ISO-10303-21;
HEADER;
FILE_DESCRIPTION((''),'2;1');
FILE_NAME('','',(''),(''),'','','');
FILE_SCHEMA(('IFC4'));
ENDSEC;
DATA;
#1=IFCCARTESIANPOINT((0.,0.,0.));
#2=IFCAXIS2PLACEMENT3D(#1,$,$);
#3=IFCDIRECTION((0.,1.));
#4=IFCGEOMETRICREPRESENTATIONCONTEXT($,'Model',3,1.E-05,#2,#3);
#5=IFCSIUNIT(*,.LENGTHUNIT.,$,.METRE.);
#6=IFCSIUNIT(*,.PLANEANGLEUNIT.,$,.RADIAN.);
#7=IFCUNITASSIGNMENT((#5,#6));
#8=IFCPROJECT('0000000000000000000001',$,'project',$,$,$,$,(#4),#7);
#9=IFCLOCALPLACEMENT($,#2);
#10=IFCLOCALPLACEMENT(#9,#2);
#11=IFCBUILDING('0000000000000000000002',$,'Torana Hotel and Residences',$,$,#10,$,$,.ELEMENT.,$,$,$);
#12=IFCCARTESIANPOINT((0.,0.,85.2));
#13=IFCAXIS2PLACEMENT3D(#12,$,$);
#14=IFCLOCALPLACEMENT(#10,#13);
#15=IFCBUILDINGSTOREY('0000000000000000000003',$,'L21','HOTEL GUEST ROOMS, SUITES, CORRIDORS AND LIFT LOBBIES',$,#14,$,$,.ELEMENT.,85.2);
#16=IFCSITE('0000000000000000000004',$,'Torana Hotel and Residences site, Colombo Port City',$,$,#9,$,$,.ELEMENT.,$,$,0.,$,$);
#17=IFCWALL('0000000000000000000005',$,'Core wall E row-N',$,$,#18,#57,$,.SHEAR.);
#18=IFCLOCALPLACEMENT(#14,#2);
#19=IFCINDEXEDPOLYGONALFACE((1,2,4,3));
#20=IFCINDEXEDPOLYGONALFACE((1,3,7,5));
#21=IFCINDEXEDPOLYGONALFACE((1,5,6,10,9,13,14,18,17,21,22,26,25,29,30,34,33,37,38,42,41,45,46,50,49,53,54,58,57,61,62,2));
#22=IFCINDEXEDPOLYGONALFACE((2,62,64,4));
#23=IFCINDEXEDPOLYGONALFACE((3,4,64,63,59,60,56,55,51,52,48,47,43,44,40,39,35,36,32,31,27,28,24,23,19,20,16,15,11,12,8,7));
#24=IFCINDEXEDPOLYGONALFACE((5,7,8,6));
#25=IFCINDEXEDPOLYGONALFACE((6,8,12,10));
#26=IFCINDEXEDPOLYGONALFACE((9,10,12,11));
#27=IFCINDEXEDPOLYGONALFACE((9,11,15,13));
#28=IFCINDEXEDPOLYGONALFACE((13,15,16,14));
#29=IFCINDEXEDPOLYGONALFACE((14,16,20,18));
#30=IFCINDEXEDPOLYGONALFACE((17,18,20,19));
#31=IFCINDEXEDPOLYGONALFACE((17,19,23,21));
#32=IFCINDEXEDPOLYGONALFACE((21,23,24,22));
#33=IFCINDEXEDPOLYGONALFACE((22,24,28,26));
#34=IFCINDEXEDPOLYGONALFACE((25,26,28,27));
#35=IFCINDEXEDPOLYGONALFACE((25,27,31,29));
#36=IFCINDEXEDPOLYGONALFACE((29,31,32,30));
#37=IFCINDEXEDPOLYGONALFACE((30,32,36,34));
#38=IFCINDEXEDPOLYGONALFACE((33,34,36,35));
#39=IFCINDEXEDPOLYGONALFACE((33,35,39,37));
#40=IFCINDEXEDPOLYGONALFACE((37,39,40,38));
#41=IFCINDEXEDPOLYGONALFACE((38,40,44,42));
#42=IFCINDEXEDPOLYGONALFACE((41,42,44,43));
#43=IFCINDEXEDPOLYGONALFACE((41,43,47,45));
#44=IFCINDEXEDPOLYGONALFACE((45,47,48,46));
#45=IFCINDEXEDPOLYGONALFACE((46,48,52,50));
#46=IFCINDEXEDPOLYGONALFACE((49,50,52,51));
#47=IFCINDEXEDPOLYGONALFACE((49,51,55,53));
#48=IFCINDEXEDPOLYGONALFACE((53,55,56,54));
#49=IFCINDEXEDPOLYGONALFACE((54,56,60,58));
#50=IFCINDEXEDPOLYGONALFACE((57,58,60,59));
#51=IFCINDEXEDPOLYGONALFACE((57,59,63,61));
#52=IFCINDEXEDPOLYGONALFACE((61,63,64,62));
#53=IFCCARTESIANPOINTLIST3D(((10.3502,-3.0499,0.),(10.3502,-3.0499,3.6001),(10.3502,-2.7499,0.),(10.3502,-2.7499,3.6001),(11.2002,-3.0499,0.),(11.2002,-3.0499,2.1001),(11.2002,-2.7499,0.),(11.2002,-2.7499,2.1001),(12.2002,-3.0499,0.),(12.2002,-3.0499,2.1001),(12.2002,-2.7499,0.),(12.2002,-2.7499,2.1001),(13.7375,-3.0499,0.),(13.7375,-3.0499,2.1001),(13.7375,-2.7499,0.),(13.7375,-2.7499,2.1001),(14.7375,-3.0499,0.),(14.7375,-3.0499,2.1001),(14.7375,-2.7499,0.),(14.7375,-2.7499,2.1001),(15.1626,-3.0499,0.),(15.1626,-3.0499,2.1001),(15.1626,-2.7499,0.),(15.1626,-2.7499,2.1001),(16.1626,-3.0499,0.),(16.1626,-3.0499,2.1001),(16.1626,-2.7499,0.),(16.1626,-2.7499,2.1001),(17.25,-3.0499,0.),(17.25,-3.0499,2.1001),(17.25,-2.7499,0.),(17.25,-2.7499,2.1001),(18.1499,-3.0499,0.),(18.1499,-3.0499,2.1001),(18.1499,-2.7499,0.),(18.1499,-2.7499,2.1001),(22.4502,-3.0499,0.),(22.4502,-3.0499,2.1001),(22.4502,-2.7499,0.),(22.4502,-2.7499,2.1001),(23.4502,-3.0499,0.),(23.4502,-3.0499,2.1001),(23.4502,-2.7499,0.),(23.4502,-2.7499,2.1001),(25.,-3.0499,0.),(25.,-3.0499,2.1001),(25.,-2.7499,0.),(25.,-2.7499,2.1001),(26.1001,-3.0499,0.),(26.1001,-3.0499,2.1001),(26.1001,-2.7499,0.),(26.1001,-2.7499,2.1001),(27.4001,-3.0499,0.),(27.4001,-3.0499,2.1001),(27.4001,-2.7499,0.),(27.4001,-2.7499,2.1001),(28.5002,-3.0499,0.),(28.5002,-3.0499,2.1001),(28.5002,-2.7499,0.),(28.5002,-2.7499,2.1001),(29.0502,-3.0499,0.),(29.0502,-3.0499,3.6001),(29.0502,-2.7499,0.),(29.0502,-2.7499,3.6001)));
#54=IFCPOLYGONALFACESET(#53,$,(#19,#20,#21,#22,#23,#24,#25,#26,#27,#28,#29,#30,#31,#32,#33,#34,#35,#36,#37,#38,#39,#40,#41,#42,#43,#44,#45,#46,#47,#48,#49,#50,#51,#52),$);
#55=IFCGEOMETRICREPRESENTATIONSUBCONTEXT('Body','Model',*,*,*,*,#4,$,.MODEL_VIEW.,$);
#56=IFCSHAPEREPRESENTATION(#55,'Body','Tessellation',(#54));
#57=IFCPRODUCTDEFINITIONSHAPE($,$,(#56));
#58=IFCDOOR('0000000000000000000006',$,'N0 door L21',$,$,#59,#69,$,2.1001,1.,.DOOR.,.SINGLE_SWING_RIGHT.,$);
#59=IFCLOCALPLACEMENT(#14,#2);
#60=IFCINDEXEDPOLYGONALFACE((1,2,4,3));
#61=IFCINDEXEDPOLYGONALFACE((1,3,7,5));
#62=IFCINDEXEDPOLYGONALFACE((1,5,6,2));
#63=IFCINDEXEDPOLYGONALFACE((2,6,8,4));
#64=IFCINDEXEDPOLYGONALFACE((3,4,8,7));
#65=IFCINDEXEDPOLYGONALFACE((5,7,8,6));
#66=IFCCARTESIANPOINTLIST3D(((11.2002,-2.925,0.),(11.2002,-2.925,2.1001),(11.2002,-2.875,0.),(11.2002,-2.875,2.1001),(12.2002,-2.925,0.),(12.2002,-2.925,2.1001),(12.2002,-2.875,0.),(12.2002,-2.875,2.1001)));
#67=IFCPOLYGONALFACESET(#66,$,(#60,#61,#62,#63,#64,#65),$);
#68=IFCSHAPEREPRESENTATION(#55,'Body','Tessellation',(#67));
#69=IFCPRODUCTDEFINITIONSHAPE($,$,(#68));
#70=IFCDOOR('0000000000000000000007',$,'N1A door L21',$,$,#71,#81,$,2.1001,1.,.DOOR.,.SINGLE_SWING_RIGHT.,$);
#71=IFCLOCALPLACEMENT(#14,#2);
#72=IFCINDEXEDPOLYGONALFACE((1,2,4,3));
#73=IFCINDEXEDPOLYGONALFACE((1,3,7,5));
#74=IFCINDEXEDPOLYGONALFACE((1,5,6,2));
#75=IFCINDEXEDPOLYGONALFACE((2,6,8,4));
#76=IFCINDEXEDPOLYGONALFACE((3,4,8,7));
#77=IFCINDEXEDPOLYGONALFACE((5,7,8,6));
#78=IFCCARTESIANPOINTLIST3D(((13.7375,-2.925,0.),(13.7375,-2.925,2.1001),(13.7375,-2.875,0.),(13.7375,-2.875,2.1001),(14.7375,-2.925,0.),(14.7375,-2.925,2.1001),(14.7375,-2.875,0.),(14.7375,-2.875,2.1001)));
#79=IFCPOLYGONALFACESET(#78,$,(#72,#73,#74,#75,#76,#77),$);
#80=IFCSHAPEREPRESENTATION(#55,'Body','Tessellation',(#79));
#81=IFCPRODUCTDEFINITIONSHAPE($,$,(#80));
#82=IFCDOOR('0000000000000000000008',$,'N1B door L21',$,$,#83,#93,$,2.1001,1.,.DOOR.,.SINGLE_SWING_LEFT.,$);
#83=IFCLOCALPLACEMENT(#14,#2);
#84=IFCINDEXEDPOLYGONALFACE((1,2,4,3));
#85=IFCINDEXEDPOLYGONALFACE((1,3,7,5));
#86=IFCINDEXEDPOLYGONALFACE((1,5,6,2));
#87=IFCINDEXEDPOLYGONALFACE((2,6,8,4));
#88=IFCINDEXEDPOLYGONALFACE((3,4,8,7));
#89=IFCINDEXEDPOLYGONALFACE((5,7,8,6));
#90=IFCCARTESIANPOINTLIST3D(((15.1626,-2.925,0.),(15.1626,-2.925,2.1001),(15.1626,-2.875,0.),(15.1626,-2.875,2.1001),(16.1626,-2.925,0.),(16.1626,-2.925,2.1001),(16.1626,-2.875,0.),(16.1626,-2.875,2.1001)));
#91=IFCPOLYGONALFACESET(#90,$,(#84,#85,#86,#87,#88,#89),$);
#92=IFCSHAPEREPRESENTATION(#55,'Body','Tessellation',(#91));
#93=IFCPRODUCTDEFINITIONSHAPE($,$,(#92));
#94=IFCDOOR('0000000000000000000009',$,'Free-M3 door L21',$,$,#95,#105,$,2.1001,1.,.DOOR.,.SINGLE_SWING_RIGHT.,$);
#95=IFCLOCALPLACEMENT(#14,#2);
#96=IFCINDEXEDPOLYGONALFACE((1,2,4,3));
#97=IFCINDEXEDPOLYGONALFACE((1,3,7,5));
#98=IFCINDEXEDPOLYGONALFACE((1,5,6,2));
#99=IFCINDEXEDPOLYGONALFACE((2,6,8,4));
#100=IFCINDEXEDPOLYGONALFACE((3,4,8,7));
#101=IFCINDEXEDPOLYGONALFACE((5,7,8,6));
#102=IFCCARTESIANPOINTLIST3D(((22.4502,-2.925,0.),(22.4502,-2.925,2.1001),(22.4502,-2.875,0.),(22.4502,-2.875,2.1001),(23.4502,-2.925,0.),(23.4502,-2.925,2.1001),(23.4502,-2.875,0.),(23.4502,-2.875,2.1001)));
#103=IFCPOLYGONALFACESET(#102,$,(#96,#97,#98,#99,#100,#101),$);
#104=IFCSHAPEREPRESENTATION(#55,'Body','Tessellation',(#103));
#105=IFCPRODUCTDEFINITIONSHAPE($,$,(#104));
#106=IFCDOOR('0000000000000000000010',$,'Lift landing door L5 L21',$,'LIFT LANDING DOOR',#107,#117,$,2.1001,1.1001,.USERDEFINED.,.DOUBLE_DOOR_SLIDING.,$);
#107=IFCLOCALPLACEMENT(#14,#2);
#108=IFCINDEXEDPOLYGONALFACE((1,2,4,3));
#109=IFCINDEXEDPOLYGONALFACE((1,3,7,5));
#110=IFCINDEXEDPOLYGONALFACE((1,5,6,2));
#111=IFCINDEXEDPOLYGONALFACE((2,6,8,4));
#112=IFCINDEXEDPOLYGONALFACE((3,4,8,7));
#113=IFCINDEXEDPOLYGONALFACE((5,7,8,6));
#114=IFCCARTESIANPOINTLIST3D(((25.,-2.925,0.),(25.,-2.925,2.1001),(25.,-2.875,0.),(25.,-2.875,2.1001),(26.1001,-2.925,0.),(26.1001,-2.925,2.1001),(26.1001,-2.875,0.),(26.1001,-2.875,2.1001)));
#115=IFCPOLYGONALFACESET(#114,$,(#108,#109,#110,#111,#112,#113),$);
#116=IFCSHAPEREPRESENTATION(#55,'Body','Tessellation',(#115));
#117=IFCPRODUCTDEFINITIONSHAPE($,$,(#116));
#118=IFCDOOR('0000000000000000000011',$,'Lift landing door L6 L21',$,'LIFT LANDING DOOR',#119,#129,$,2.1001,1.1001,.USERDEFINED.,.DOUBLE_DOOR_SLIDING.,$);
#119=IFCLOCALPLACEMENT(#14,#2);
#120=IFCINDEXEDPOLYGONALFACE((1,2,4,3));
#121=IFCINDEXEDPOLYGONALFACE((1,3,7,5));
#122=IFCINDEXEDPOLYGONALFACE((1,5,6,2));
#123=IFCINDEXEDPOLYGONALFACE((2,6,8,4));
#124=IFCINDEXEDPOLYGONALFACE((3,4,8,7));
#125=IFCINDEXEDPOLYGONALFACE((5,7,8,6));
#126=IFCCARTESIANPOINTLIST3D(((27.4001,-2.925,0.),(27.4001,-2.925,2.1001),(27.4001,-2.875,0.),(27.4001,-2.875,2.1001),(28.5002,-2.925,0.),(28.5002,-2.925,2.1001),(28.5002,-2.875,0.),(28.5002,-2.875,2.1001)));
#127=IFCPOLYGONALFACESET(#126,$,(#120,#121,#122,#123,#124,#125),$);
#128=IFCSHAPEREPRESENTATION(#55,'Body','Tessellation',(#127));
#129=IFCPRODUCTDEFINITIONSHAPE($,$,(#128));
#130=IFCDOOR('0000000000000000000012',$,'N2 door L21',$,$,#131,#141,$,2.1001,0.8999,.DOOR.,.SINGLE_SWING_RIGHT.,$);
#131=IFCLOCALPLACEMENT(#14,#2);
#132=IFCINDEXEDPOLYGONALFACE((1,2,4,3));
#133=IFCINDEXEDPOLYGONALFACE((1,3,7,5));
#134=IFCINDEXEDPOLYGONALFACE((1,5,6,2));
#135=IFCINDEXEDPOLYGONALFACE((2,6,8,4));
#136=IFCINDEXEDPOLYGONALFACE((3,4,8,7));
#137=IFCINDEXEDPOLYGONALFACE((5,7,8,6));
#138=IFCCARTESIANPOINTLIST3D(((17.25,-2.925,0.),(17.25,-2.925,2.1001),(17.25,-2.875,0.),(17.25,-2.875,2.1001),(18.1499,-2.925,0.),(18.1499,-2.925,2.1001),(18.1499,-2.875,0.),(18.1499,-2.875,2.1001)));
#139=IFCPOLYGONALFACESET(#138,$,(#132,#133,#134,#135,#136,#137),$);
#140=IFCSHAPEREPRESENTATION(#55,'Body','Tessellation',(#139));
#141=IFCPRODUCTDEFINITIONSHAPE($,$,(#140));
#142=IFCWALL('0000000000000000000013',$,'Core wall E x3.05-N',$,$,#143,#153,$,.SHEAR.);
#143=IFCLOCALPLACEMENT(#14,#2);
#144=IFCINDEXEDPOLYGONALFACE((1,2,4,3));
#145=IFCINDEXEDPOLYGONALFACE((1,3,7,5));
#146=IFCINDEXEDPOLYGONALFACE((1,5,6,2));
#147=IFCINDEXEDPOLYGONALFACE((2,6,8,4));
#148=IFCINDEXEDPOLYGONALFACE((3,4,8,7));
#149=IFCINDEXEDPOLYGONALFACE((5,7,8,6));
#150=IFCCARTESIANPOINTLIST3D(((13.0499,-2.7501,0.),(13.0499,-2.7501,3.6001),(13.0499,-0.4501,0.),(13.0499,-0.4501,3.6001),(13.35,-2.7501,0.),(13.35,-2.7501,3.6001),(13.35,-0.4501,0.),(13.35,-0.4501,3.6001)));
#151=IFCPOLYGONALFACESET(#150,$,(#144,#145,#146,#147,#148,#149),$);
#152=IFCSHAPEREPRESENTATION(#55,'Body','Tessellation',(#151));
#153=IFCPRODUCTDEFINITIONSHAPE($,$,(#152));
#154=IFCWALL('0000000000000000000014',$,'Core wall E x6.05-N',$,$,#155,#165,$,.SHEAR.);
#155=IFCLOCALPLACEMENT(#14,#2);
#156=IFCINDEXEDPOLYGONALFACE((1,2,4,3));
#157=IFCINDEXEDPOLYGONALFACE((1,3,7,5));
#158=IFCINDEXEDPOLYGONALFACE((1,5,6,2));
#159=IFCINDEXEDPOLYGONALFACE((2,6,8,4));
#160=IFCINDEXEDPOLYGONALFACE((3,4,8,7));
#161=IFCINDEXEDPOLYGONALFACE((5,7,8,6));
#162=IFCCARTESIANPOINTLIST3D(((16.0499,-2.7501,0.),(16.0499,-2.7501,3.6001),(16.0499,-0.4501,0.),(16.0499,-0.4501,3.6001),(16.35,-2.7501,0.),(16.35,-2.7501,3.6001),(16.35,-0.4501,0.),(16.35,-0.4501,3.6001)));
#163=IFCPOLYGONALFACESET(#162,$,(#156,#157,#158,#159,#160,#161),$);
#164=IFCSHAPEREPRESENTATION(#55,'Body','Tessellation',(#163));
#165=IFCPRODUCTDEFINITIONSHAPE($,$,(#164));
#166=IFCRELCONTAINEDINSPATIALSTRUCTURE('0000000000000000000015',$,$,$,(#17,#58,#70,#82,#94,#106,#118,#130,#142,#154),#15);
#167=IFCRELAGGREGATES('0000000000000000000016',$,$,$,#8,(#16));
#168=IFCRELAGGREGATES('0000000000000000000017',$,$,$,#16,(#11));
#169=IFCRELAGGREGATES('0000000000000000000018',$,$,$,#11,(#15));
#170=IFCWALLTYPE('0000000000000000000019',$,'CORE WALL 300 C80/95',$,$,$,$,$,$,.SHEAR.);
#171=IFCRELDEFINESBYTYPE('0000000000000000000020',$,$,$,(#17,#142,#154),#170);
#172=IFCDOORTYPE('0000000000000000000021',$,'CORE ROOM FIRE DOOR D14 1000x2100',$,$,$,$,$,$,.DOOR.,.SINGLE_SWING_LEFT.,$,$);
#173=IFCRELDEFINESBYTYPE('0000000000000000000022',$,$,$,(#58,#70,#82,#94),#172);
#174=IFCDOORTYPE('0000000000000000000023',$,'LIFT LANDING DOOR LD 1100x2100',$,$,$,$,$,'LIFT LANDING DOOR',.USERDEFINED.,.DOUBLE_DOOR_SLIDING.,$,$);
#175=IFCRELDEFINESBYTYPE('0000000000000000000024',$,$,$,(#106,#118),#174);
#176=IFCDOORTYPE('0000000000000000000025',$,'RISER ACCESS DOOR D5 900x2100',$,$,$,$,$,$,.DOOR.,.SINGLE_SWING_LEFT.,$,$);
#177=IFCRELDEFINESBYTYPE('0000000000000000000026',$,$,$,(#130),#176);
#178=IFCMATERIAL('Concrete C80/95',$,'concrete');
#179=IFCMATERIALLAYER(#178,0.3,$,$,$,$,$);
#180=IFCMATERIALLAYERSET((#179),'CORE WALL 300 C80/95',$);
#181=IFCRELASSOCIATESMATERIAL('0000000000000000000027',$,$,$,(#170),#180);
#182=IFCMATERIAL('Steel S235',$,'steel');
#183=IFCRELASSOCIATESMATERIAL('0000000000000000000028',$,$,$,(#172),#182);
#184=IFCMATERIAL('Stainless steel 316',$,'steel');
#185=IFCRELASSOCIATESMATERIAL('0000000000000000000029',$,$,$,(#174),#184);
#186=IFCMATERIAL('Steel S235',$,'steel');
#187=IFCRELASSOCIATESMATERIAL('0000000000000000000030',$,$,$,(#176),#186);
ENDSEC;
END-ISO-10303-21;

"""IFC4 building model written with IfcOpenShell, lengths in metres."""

from ifc_helpers import new_model, si_unit, direction, frame, frame_2d, origin, place, context, subcontext, project, spatial, rectangle, extrude, material, layer, layer_set, type_object, element, fill, save


model = new_model("IFC4")

# Units and contexts
model_context = context("Model", 3, precision=1e-05, world=origin(), true_north=direction((0.0, 1.0)))
body_context = subcontext(model_context, "Body", "Model", "MODEL_VIEW")
ifc_project = project(units=[si_unit("LENGTHUNIT", "METRE"), si_unit("PLANEANGLEUNIT", "RADIAN")], contexts=[model_context])

# Site, building, storey
site_placement = place(None, origin())
site = spatial("IfcSite", under=ifc_project, at=site_placement, Name="Torana Hotel and Residences site, Colombo Port City", CompositionType="ELEMENT", RefElevation=0.0)
building_placement = place(site_placement, origin())
building = spatial("IfcBuilding", under=site, at=building_placement, Name="Torana Hotel and Residences", CompositionType="ELEMENT")
storey_placement = place(building_placement, frame((0.0, 0.0, 85.2)))
storey = spatial("IfcBuildingStorey", under=building, at=storey_placement, Name="L21", Description="HOTEL GUEST ROOMS, SUITES, CORRIDORS AND LIFT LOBBIES", CompositionType="ELEMENT", Elevation=85.2)

# Wall, openings, doors
ifc_material_1 = material(Name="Concrete C80/95", Category="concrete")
ifc_layer_1 = layer(ifc_material_1, 0.3)
ifc_layer_set_1 = layer_set([ifc_layer_1], Name="CORE WALL 300 C80/95")
wall_type_1 = type_object("IfcWallType", Name="CORE WALL 300 C80/95", PredefinedType="SHEAR", material=ifc_layer_set_1)
wall_1_placement = place(storey_placement, frame((10.3501, -2.8999, 0.0), z_axis=(0.0, 0.0, 1.0), x_axis=(1.0, 0.0, 0.0)))
wall_1 = element("IfcWall", 1, at=wall_1_placement, inside=storey, type_object=wall_type_1, Name="Core wall E row-N", PredefinedType="SHEAR", context=body_context, shape_type="SweptSolid", body=[
    extrude(rectangle(XDim=18.7, YDim=0.3, at=frame_2d((9.3501, 0.0))), origin(), (0.0, 0.0, 1.0), 3.6001),
])
opening_1_placement = place(wall_1_placement, frame((14.6499, 0.0, 0.0)))
opening_1 = element("IfcOpeningElement", 2, at=opening_1_placement, cuts=wall_1, PredefinedType="OPENING", context=body_context, shape_type="SweptSolid", body=[
    extrude(rectangle(XDim=1.1001, YDim=2.1001, at=frame_2d((0.55, 1.05))), frame((0.0, 0.1599, 0.0), z_axis=(0.0, -1.0, 0.0), x_axis=(1.0, 0.0, 0.0)), (0.0, 0.0, 1.0), 0.3201),
])
opening_2_placement = place(wall_1_placement, frame((17.05, 0.0, 0.0)))
opening_2 = element("IfcOpeningElement", 3, at=opening_2_placement, cuts=wall_1, PredefinedType="OPENING", context=body_context, shape_type="SweptSolid", body=[
    extrude(rectangle(XDim=1.1001, YDim=2.1001, at=frame_2d((0.55, 1.05))), frame((0.0, 0.1599, 0.0), z_axis=(0.0, -1.0, 0.0), x_axis=(1.0, 0.0, 0.0)), (0.0, 0.0, 1.0), 0.3201),
])
opening_3_placement = place(wall_1_placement, frame((6.8999, 0.0, 0.0)))
opening_3 = element("IfcOpeningElement", 4, at=opening_3_placement, cuts=wall_1, PredefinedType="OPENING", context=body_context, shape_type="SweptSolid", body=[
    extrude(rectangle(XDim=0.8999, YDim=2.1001, at=frame_2d((0.45, 1.05))), frame((0.0, 0.1599, 0.0), z_axis=(0.0, -1.0, 0.0), x_axis=(1.0, 0.0, 0.0)), (0.0, 0.0, 1.0), 0.3201),
])
opening_4_placement = place(wall_1_placement, frame((0.8501, 0.0, 0.0)))
opening_4 = element("IfcOpeningElement", 5, at=opening_4_placement, cuts=wall_1, PredefinedType="OPENING", context=body_context, shape_type="SweptSolid", body=[
    extrude(rectangle(XDim=1.0, YDim=2.1001, at=frame_2d((0.5, 1.05))), frame((0.0, 0.1599, 0.0), z_axis=(0.0, -1.0, 0.0), x_axis=(1.0, 0.0, 0.0)), (0.0, 0.0, 1.0), 0.3201),
])
opening_5_placement = place(wall_1_placement, frame((3.3875, 0.0, 0.0)))
opening_5 = element("IfcOpeningElement", 6, at=opening_5_placement, cuts=wall_1, PredefinedType="OPENING", context=body_context, shape_type="SweptSolid", body=[
    extrude(rectangle(XDim=1.0, YDim=2.1001, at=frame_2d((0.5, 1.05))), frame((0.0, 0.1599, 0.0), z_axis=(0.0, -1.0, 0.0), x_axis=(1.0, 0.0, 0.0)), (0.0, 0.0, 1.0), 0.3201),
])
opening_6_placement = place(wall_1_placement, frame((4.8125, 0.0, 0.0)))
opening_6 = element("IfcOpeningElement", 7, at=opening_6_placement, cuts=wall_1, PredefinedType="OPENING", context=body_context, shape_type="SweptSolid", body=[
    extrude(rectangle(XDim=1.0, YDim=2.1001, at=frame_2d((0.5, 1.05))), frame((0.0, 0.1599, 0.0), z_axis=(0.0, -1.0, 0.0), x_axis=(1.0, 0.0, 0.0)), (0.0, 0.0, 1.0), 0.3201),
])
opening_7_placement = place(wall_1_placement, frame((12.1001, 0.0, 0.0)))
opening_7 = element("IfcOpeningElement", 8, at=opening_7_placement, cuts=wall_1, PredefinedType="OPENING", context=body_context, shape_type="SweptSolid", body=[
    extrude(rectangle(XDim=1.0, YDim=2.1001, at=frame_2d((0.5, 1.05))), frame((0.0, 0.1599, 0.0), z_axis=(0.0, -1.0, 0.0), x_axis=(1.0, 0.0, 0.0)), (0.0, 0.0, 1.0), 0.3201),
])
ifc_material_2 = material(Name="Steel S235", Category="steel")
door_type_1 = type_object("IfcDoorType", Name="CORE ROOM FIRE DOOR D14 1000x2100", OperationType="SINGLE_SWING_LEFT", PredefinedType="DOOR", material=ifc_material_2)
door_1_placement = place(opening_4_placement, origin())
door_1 = element("IfcDoor", 9, at=door_1_placement, inside=storey, type_object=door_type_1, Name="N0 door L21", OperationType="SINGLE_SWING_RIGHT", OverallHeight=2.1001, OverallWidth=1.0, PredefinedType="DOOR", context=body_context, shape_type="SweptSolid", body=[
    extrude(rectangle(XDim=1.0, YDim=2.1001, at=frame_2d((0.5, 1.05))), frame((0.0, 0.0249, 0.0), z_axis=(0.0, -1.0, 0.0), x_axis=(1.0, 0.0, 0.0)), (0.0, 0.0, 1.0), 0.05),
])
fill(opening_4, door_1)
door_2_placement = place(opening_5_placement, origin())
door_2 = element("IfcDoor", 10, at=door_2_placement, inside=storey, type_object=door_type_1, Name="N1A door L21", OperationType="SINGLE_SWING_RIGHT", OverallHeight=2.1001, OverallWidth=1.0, PredefinedType="DOOR", context=body_context, shape_type="SweptSolid", body=[
    extrude(rectangle(XDim=1.0, YDim=2.1001, at=frame_2d((0.5, 1.05))), frame((0.0, 0.0249, 0.0), z_axis=(0.0, -1.0, 0.0), x_axis=(1.0, 0.0, 0.0)), (0.0, 0.0, 1.0), 0.05),
])
fill(opening_5, door_2)
door_3_placement = place(opening_6_placement, origin())
door_3 = element("IfcDoor", 11, at=door_3_placement, inside=storey, type_object=door_type_1, Name="N1B door L21", OperationType="SINGLE_SWING_LEFT", OverallHeight=2.1001, OverallWidth=1.0, PredefinedType="DOOR", context=body_context, shape_type="SweptSolid", body=[
    extrude(rectangle(XDim=1.0, YDim=2.1001, at=frame_2d((0.5, 1.05))), frame((0.0, 0.0249, 0.0), z_axis=(0.0, -1.0, 0.0), x_axis=(1.0, 0.0, 0.0)), (0.0, 0.0, 1.0), 0.05),
])
fill(opening_6, door_3)
door_4_placement = place(opening_7_placement, origin())
door_4 = element("IfcDoor", 12, at=door_4_placement, inside=storey, type_object=door_type_1, Name="Free-M3 door L21", OperationType="SINGLE_SWING_RIGHT", OverallHeight=2.1001, OverallWidth=1.0, PredefinedType="DOOR", context=body_context, shape_type="SweptSolid", body=[
    extrude(rectangle(XDim=1.0, YDim=2.1001, at=frame_2d((0.5, 1.05))), frame((0.0, 0.0249, 0.0), z_axis=(0.0, -1.0, 0.0), x_axis=(1.0, 0.0, 0.0)), (0.0, 0.0, 1.0), 0.05),
])
fill(opening_7, door_4)
ifc_material_3 = material(Name="Stainless steel 316", Category="steel")
door_type_2 = type_object("IfcDoorType", Name="LIFT LANDING DOOR LD 1100x2100", ElementType="LIFT LANDING DOOR", OperationType="DOUBLE_DOOR_SLIDING", PredefinedType="USERDEFINED", material=ifc_material_3)
door_5_placement = place(opening_1_placement, origin())
door_5 = element("IfcDoor", 13, at=door_5_placement, inside=storey, type_object=door_type_2, Name="Lift landing door L5 L21", ObjectType="LIFT LANDING DOOR", OperationType="DOUBLE_DOOR_SLIDING", OverallHeight=2.1001, OverallWidth=1.1001, PredefinedType="USERDEFINED", context=body_context, shape_type="SweptSolid", body=[
    extrude(rectangle(XDim=1.1001, YDim=2.1001, at=frame_2d((0.55, 1.05))), frame((0.0, 0.0249, 0.0), z_axis=(0.0, -1.0, 0.0), x_axis=(1.0, 0.0, 0.0)), (0.0, 0.0, 1.0), 0.05),
])
fill(opening_1, door_5)
door_6_placement = place(opening_2_placement, origin())
door_6 = element("IfcDoor", 14, at=door_6_placement, inside=storey, type_object=door_type_2, Name="Lift landing door L6 L21", ObjectType="LIFT LANDING DOOR", OperationType="DOUBLE_DOOR_SLIDING", OverallHeight=2.1001, OverallWidth=1.1001, PredefinedType="USERDEFINED", context=body_context, shape_type="SweptSolid", body=[
    extrude(rectangle(XDim=1.1001, YDim=2.1001, at=frame_2d((0.55, 1.05))), frame((0.0, 0.0249, 0.0), z_axis=(0.0, -1.0, 0.0), x_axis=(1.0, 0.0, 0.0)), (0.0, 0.0, 1.0), 0.05),
])
fill(opening_2, door_6)
ifc_material_4 = material(Name="Steel S235", Category="steel")
door_type_3 = type_object("IfcDoorType", Name="RISER ACCESS DOOR D5 900x2100", OperationType="SINGLE_SWING_LEFT", PredefinedType="DOOR", material=ifc_material_4)
door_7_placement = place(opening_3_placement, origin())
door_7 = element("IfcDoor", 15, at=door_7_placement, inside=storey, type_object=door_type_3, Name="N2 door L21", OperationType="SINGLE_SWING_RIGHT", OverallHeight=2.1001, OverallWidth=0.8999, PredefinedType="DOOR", context=body_context, shape_type="SweptSolid", body=[
    extrude(rectangle(XDim=0.8999, YDim=2.1001, at=frame_2d((0.45, 1.05))), frame((0.0, 0.0249, 0.0), z_axis=(0.0, -1.0, 0.0), x_axis=(1.0, 0.0, 0.0)), (0.0, 0.0, 1.0), 0.05),
])
fill(opening_3, door_7)

# Walls
for number, where, z_axis, x_axis, name in (
    (16, (13.2, -2.75, 0.0), (0.0, 0.0, 1.0), (0.0, 1.0, 0.0), "Core wall E x3.05-N"),
    (17, (16.2, -2.75, 0.0), (0.0, 0.0, 1.0), (0.0, 1.0, 0.0), "Core wall E x6.05-N"),
):
    element("IfcWall", number, at=place(storey_placement, frame(where, z_axis=z_axis, x_axis=x_axis)), inside=storey, type_object=wall_type_1, Name=name, PredefinedType="SHEAR", context=body_context, shape_type="SweptSolid", body=[
        extrude(rectangle(XDim=2.3, YDim=0.3, at=frame_2d((1.1499, 0.0))), origin(), (0.0, 0.0, 1.0), 3.6001),
    ])

save(model, "model.ifc")
